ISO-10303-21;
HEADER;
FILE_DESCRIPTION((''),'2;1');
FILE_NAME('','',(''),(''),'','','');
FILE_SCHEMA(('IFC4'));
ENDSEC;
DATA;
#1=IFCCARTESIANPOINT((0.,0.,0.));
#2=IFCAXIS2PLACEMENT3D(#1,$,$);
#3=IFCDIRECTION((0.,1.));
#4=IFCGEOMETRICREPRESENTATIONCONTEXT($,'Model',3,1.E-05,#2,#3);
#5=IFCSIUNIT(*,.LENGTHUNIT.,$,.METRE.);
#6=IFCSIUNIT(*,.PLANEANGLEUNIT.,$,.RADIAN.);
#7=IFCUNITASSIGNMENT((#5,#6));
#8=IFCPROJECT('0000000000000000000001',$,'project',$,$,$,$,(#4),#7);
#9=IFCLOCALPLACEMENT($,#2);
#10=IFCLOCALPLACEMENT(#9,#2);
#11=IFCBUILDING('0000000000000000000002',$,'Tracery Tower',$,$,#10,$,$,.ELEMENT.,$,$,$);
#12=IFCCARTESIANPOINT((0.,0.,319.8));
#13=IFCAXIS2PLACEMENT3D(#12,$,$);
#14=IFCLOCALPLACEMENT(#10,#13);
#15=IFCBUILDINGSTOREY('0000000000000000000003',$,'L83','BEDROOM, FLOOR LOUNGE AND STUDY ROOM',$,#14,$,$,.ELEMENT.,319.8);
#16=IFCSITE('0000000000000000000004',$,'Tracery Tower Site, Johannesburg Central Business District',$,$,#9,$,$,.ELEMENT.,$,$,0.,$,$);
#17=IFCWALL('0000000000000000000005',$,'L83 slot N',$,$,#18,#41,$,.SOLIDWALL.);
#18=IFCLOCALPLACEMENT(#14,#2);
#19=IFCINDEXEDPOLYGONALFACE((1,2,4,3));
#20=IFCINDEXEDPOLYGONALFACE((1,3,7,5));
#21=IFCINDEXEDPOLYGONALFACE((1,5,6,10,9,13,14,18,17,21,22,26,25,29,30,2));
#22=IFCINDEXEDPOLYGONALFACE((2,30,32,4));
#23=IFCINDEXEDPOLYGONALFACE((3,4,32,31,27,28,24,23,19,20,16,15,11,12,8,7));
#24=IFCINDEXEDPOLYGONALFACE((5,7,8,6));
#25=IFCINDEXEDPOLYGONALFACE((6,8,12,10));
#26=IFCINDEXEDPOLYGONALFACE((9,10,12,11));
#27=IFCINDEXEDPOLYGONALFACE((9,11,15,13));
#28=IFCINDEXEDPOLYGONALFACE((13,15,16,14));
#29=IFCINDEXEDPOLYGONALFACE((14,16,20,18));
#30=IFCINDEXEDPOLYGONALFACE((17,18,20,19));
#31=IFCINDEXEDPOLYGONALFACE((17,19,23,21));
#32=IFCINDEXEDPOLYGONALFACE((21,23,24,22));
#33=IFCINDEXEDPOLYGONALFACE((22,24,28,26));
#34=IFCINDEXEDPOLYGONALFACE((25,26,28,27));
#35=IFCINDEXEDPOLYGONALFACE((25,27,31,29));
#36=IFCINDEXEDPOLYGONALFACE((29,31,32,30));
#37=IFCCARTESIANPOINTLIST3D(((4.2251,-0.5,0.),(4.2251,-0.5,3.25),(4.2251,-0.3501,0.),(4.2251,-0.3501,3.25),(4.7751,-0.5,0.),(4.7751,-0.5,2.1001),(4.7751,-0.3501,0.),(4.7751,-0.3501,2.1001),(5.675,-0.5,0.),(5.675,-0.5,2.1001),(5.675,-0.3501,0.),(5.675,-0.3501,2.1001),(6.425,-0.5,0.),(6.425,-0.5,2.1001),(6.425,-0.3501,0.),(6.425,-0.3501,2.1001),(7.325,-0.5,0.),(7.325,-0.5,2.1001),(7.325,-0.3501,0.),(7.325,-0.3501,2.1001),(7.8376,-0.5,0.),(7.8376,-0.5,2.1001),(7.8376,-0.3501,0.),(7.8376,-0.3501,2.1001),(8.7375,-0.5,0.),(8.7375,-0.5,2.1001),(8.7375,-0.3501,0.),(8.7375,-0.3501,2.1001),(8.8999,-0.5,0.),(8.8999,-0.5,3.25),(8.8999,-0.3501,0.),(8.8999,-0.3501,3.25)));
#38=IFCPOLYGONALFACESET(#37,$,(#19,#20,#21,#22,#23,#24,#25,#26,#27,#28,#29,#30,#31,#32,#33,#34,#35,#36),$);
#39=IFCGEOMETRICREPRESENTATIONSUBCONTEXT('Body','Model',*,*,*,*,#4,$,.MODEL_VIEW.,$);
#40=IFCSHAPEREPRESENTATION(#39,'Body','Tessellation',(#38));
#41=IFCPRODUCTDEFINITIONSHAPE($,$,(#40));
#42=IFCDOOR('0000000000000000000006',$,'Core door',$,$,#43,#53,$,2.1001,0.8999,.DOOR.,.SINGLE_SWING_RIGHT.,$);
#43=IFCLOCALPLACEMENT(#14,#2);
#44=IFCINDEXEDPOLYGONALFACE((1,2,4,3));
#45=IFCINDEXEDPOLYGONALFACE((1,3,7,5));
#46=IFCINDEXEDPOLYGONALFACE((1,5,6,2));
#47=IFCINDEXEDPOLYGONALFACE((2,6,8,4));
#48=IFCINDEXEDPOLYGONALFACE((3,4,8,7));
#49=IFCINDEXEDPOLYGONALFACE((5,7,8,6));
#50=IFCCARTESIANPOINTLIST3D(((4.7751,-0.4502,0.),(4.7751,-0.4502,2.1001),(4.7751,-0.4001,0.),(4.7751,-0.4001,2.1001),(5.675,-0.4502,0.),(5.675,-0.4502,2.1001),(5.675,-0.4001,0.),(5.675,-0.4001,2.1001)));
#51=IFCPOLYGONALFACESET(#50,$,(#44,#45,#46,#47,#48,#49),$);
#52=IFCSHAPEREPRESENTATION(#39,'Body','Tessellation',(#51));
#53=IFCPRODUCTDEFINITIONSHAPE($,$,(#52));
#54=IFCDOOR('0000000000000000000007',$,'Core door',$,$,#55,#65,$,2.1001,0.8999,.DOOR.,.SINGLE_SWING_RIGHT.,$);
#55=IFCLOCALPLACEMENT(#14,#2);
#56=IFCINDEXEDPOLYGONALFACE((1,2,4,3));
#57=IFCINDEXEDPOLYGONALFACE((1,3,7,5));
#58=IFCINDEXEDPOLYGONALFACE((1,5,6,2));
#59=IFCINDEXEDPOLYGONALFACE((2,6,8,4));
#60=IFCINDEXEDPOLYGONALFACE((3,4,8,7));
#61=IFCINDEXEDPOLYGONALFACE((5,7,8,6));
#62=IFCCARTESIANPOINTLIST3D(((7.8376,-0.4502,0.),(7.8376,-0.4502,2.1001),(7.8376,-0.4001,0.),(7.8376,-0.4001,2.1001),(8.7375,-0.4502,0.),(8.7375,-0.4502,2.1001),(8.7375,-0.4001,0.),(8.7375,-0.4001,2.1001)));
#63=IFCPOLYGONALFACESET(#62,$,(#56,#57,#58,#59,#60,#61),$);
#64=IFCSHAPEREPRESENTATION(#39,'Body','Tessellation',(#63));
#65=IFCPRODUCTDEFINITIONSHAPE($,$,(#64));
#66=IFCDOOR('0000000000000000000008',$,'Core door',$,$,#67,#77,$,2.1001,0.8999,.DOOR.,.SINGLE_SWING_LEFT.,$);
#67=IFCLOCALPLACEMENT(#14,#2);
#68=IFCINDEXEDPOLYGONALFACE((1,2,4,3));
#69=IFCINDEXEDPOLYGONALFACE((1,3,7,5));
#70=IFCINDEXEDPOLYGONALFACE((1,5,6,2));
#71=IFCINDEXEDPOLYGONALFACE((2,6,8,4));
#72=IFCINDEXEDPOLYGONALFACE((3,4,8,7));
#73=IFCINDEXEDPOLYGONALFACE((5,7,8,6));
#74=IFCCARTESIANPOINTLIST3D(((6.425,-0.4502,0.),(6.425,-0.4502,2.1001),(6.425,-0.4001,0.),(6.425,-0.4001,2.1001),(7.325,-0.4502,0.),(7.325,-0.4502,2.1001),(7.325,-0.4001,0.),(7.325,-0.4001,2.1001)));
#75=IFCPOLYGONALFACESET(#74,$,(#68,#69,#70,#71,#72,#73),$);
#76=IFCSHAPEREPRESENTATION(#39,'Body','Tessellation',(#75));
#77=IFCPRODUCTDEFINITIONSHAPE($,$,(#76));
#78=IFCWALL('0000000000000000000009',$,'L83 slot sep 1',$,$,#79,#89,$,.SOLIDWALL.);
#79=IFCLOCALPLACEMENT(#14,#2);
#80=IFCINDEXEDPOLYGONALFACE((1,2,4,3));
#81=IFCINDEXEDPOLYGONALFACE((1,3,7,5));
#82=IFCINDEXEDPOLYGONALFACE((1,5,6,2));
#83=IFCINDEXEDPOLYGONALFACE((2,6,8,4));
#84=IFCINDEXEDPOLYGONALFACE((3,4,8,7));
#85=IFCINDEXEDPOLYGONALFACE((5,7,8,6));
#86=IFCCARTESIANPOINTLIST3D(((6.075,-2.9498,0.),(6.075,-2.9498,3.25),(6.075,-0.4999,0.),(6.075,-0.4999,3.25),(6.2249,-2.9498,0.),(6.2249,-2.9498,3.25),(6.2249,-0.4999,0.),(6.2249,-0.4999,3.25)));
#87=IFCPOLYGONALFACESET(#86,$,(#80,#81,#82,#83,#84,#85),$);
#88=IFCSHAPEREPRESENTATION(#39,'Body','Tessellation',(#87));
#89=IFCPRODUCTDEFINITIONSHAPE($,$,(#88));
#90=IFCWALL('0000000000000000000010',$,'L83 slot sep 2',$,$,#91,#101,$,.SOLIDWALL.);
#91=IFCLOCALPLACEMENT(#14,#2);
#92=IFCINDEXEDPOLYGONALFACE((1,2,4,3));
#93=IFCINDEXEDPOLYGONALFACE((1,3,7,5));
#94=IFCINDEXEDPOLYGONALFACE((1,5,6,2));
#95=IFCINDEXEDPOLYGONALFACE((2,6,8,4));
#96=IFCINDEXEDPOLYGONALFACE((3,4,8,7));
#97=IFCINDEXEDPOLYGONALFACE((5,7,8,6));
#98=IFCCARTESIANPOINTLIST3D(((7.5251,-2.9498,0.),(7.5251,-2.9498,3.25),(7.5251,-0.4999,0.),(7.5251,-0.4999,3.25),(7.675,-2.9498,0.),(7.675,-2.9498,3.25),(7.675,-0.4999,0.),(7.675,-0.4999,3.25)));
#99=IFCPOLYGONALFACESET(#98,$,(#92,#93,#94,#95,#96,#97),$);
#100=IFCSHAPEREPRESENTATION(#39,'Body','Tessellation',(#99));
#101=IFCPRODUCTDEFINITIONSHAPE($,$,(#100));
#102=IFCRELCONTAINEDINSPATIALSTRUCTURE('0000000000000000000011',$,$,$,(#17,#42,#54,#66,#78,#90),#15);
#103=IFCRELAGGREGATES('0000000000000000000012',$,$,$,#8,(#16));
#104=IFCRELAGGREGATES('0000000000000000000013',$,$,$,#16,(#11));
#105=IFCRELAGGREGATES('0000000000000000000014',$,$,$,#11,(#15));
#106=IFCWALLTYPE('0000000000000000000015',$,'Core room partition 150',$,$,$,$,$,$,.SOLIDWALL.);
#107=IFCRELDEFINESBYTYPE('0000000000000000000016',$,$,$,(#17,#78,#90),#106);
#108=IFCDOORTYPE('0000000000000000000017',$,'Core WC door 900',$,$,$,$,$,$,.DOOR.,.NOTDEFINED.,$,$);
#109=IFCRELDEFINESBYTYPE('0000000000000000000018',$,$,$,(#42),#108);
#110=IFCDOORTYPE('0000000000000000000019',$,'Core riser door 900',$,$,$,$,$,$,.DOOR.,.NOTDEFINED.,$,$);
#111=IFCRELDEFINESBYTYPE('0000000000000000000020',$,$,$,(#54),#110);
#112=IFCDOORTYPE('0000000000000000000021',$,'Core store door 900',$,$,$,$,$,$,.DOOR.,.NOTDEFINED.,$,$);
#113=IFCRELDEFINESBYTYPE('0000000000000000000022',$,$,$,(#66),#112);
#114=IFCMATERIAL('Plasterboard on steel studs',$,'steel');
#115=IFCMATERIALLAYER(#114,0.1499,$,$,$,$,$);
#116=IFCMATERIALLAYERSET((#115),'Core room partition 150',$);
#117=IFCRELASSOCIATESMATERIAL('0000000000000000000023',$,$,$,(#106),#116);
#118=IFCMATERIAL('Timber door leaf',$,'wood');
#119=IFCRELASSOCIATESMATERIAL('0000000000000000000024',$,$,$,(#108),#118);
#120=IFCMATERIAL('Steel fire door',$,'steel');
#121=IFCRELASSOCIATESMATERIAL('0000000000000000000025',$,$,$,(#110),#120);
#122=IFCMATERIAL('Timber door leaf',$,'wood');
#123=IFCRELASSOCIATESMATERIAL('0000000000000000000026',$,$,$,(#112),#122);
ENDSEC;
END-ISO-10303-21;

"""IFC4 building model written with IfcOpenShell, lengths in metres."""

from ifc_helpers import new_model, si_unit, direction, frame, frame_2d, origin, place, context, subcontext, project, spatial, rectangle, extrude, material, layer, layer_set, type_object, element, fill, save


model = new_model("IFC4")

# Units and contexts
model_context = context("Model", 3, precision=1e-05, world=origin(), true_north=direction((0.0, 1.0)))
body_context = subcontext(model_context, "Body", "Model", "MODEL_VIEW")
ifc_project = project(units=[si_unit("LENGTHUNIT", "METRE"), si_unit("PLANEANGLEUNIT", "RADIAN")], contexts=[model_context])

# Site, building, storey
site_placement = place(None, origin())
site = spatial("IfcSite", under=ifc_project, at=site_placement, Name="Tracery Tower Site, Johannesburg Central Business District", CompositionType="ELEMENT", RefElevation=0.0)
building_placement = place(site_placement, origin())
building = spatial("IfcBuilding", under=site, at=building_placement, Name="Tracery Tower", CompositionType="ELEMENT")
storey_placement = place(building_placement, frame((0.0, 0.0, 319.8)))
storey = spatial("IfcBuildingStorey", under=building, at=storey_placement, Name="L83", Description="BEDROOM, FLOOR LOUNGE AND STUDY ROOM", CompositionType="ELEMENT", Elevation=319.8)

# Wall, openings, doors
ifc_material_1 = material(Name="Plasterboard on steel studs", Category="steel")
ifc_layer_1 = layer(ifc_material_1, 0.1499)
ifc_layer_set_1 = layer_set([ifc_layer_1], Name="Core room partition 150")
wall_type_1 = type_object("IfcWallType", Name="Core room partition 150", PredefinedType="SOLIDWALL", material=ifc_layer_set_1)
wall_1_placement = place(storey_placement, frame((4.2251, -0.425, 0.0), z_axis=(0.0, 0.0, 1.0), x_axis=(1.0, 0.0, 0.0)))
wall_1 = element("IfcWall", 1, at=wall_1_placement, inside=storey, type_object=wall_type_1, Name="L83 slot N", PredefinedType="SOLIDWALL", context=body_context, shape_type="SweptSolid", body=[
    extrude(rectangle(XDim=4.6748, YDim=0.1499, at=frame_2d((2.3374, 0.0))), origin(), (0.0, 0.0, 1.0), 3.25),
])
opening_1_placement = place(wall_1_placement, frame((0.55, 0.0, 0.0)))
opening_1 = element("IfcOpeningElement", 2, at=opening_1_placement, cuts=wall_1, PredefinedType="OPENING", context=body_context, shape_type="SweptSolid", body=[
    extrude(rectangle(XDim=0.8999, YDim=2.1001, at=frame_2d((0.45, 1.05))), frame((0.0, 0.075, 0.0), z_axis=(0.0, -1.0, 0.0), x_axis=(1.0, 0.0, 0.0)), (0.0, 0.0, 1.0), 0.1499),
])
opening_2_placement = place(wall_1_placement, frame((2.2, 0.0, 0.0)))
opening_2 = element("IfcOpeningElement", 3, at=opening_2_placement, cuts=wall_1, PredefinedType="OPENING", context=body_context, shape_type="SweptSolid", body=[
    extrude(rectangle(XDim=0.8999, YDim=2.1001, at=frame_2d((0.45, 1.05))), frame((0.0, 0.075, 0.0), z_axis=(0.0, -1.0, 0.0), x_axis=(1.0, 0.0, 0.0)), (0.0, 0.0, 1.0), 0.1499),
])
opening_3_placement = place(wall_1_placement, frame((3.6125, 0.0, 0.0)))
opening_3 = element("IfcOpeningElement", 4, at=opening_3_placement, cuts=wall_1, PredefinedType="OPENING", context=body_context, shape_type="SweptSolid", body=[
    extrude(rectangle(XDim=0.8999, YDim=2.1001, at=frame_2d((0.45, 1.05))), frame((0.0, 0.075, 0.0), z_axis=(0.0, -1.0, 0.0), x_axis=(1.0, 0.0, 0.0)), (0.0, 0.0, 1.0), 0.1499),
])
ifc_material_2 = material(Name="Timber door leaf", Category="wood")
door_type_1 = type_object("IfcDoorType", Name="Core WC door 900", OperationType="NOTDEFINED", PredefinedType="DOOR", material=ifc_material_2)
door_1_placement = place(opening_1_placement, origin())
door_1 = element("IfcDoor", 5, at=door_1_placement, inside=storey, type_object=door_type_1, Name="Core door", OperationType="SINGLE_SWING_RIGHT", OverallHeight=2.1001, OverallWidth=0.8999, PredefinedType="DOOR", context=body_context, shape_type="SweptSolid", body=[
    extrude(rectangle(XDim=0.8999, YDim=2.1001, at=frame_2d((0.45, 1.05))), frame((0.0, 0.0249, 0.0), z_axis=(0.0, -1.0, 0.0), x_axis=(1.0, 0.0, 0.0)), (0.0, 0.0, 1.0), 0.05),
])
fill(opening_1, door_1)
ifc_material_3 = material(Name="Steel fire door", Category="steel")
door_type_2 = type_object("IfcDoorType", Name="Core riser door 900", OperationType="NOTDEFINED", PredefinedType="DOOR", material=ifc_material_3)
door_2_placement = place(opening_3_placement, origin())
door_2 = element("IfcDoor", 6, at=door_2_placement, inside=storey, type_object=door_type_2, Name="Core door", OperationType="SINGLE_SWING_RIGHT", OverallHeight=2.1001, OverallWidth=0.8999, PredefinedType="DOOR", context=body_context, shape_type="SweptSolid", body=[
    extrude(rectangle(XDim=0.8999, YDim=2.1001, at=frame_2d((0.45, 1.05))), frame((0.0, 0.0249, 0.0), z_axis=(0.0, -1.0, 0.0), x_axis=(1.0, 0.0, 0.0)), (0.0, 0.0, 1.0), 0.05),
])
fill(opening_3, door_2)
ifc_material_4 = material(Name="Timber door leaf", Category="wood")
door_type_3 = type_object("IfcDoorType", Name="Core store door 900", OperationType="NOTDEFINED", PredefinedType="DOOR", material=ifc_material_4)
door_3_placement = place(opening_2_placement, origin())
door_3 = element("IfcDoor", 7, at=door_3_placement, inside=storey, type_object=door_type_3, Name="Core door", OperationType="SINGLE_SWING_LEFT", OverallHeight=2.1001, OverallWidth=0.8999, PredefinedType="DOOR", context=body_context, shape_type="SweptSolid", body=[
    extrude(rectangle(XDim=0.8999, YDim=2.1001, at=frame_2d((0.45, 1.05))), frame((0.0, 0.0249, 0.0), z_axis=(0.0, -1.0, 0.0), x_axis=(1.0, 0.0, 0.0)), (0.0, 0.0, 1.0), 0.05),
])
fill(opening_2, door_3)

# Walls
for number, where, z_axis, x_axis, name in (
    (8, (6.1499, -2.95, 0.0), (0.0, 0.0, 1.0), (0.0, 1.0, 0.0), "L83 slot sep 1"),
    (9, (7.6001, -2.95, 0.0), (0.0, 0.0, 1.0), (0.0, 1.0, 0.0), "L83 slot sep 2"),
):
    element("IfcWall", number, at=place(storey_placement, frame(where, z_axis=z_axis, x_axis=x_axis)), inside=storey, type_object=wall_type_1, Name=name, PredefinedType="SOLIDWALL", context=body_context, shape_type="SweptSolid", body=[
        extrude(rectangle(XDim=2.45, YDim=0.1499, at=frame_2d((1.2251, 0.0))), origin(), (0.0, 0.0, 1.0), 3.25),
    ])

save(model, "model.ifc")
